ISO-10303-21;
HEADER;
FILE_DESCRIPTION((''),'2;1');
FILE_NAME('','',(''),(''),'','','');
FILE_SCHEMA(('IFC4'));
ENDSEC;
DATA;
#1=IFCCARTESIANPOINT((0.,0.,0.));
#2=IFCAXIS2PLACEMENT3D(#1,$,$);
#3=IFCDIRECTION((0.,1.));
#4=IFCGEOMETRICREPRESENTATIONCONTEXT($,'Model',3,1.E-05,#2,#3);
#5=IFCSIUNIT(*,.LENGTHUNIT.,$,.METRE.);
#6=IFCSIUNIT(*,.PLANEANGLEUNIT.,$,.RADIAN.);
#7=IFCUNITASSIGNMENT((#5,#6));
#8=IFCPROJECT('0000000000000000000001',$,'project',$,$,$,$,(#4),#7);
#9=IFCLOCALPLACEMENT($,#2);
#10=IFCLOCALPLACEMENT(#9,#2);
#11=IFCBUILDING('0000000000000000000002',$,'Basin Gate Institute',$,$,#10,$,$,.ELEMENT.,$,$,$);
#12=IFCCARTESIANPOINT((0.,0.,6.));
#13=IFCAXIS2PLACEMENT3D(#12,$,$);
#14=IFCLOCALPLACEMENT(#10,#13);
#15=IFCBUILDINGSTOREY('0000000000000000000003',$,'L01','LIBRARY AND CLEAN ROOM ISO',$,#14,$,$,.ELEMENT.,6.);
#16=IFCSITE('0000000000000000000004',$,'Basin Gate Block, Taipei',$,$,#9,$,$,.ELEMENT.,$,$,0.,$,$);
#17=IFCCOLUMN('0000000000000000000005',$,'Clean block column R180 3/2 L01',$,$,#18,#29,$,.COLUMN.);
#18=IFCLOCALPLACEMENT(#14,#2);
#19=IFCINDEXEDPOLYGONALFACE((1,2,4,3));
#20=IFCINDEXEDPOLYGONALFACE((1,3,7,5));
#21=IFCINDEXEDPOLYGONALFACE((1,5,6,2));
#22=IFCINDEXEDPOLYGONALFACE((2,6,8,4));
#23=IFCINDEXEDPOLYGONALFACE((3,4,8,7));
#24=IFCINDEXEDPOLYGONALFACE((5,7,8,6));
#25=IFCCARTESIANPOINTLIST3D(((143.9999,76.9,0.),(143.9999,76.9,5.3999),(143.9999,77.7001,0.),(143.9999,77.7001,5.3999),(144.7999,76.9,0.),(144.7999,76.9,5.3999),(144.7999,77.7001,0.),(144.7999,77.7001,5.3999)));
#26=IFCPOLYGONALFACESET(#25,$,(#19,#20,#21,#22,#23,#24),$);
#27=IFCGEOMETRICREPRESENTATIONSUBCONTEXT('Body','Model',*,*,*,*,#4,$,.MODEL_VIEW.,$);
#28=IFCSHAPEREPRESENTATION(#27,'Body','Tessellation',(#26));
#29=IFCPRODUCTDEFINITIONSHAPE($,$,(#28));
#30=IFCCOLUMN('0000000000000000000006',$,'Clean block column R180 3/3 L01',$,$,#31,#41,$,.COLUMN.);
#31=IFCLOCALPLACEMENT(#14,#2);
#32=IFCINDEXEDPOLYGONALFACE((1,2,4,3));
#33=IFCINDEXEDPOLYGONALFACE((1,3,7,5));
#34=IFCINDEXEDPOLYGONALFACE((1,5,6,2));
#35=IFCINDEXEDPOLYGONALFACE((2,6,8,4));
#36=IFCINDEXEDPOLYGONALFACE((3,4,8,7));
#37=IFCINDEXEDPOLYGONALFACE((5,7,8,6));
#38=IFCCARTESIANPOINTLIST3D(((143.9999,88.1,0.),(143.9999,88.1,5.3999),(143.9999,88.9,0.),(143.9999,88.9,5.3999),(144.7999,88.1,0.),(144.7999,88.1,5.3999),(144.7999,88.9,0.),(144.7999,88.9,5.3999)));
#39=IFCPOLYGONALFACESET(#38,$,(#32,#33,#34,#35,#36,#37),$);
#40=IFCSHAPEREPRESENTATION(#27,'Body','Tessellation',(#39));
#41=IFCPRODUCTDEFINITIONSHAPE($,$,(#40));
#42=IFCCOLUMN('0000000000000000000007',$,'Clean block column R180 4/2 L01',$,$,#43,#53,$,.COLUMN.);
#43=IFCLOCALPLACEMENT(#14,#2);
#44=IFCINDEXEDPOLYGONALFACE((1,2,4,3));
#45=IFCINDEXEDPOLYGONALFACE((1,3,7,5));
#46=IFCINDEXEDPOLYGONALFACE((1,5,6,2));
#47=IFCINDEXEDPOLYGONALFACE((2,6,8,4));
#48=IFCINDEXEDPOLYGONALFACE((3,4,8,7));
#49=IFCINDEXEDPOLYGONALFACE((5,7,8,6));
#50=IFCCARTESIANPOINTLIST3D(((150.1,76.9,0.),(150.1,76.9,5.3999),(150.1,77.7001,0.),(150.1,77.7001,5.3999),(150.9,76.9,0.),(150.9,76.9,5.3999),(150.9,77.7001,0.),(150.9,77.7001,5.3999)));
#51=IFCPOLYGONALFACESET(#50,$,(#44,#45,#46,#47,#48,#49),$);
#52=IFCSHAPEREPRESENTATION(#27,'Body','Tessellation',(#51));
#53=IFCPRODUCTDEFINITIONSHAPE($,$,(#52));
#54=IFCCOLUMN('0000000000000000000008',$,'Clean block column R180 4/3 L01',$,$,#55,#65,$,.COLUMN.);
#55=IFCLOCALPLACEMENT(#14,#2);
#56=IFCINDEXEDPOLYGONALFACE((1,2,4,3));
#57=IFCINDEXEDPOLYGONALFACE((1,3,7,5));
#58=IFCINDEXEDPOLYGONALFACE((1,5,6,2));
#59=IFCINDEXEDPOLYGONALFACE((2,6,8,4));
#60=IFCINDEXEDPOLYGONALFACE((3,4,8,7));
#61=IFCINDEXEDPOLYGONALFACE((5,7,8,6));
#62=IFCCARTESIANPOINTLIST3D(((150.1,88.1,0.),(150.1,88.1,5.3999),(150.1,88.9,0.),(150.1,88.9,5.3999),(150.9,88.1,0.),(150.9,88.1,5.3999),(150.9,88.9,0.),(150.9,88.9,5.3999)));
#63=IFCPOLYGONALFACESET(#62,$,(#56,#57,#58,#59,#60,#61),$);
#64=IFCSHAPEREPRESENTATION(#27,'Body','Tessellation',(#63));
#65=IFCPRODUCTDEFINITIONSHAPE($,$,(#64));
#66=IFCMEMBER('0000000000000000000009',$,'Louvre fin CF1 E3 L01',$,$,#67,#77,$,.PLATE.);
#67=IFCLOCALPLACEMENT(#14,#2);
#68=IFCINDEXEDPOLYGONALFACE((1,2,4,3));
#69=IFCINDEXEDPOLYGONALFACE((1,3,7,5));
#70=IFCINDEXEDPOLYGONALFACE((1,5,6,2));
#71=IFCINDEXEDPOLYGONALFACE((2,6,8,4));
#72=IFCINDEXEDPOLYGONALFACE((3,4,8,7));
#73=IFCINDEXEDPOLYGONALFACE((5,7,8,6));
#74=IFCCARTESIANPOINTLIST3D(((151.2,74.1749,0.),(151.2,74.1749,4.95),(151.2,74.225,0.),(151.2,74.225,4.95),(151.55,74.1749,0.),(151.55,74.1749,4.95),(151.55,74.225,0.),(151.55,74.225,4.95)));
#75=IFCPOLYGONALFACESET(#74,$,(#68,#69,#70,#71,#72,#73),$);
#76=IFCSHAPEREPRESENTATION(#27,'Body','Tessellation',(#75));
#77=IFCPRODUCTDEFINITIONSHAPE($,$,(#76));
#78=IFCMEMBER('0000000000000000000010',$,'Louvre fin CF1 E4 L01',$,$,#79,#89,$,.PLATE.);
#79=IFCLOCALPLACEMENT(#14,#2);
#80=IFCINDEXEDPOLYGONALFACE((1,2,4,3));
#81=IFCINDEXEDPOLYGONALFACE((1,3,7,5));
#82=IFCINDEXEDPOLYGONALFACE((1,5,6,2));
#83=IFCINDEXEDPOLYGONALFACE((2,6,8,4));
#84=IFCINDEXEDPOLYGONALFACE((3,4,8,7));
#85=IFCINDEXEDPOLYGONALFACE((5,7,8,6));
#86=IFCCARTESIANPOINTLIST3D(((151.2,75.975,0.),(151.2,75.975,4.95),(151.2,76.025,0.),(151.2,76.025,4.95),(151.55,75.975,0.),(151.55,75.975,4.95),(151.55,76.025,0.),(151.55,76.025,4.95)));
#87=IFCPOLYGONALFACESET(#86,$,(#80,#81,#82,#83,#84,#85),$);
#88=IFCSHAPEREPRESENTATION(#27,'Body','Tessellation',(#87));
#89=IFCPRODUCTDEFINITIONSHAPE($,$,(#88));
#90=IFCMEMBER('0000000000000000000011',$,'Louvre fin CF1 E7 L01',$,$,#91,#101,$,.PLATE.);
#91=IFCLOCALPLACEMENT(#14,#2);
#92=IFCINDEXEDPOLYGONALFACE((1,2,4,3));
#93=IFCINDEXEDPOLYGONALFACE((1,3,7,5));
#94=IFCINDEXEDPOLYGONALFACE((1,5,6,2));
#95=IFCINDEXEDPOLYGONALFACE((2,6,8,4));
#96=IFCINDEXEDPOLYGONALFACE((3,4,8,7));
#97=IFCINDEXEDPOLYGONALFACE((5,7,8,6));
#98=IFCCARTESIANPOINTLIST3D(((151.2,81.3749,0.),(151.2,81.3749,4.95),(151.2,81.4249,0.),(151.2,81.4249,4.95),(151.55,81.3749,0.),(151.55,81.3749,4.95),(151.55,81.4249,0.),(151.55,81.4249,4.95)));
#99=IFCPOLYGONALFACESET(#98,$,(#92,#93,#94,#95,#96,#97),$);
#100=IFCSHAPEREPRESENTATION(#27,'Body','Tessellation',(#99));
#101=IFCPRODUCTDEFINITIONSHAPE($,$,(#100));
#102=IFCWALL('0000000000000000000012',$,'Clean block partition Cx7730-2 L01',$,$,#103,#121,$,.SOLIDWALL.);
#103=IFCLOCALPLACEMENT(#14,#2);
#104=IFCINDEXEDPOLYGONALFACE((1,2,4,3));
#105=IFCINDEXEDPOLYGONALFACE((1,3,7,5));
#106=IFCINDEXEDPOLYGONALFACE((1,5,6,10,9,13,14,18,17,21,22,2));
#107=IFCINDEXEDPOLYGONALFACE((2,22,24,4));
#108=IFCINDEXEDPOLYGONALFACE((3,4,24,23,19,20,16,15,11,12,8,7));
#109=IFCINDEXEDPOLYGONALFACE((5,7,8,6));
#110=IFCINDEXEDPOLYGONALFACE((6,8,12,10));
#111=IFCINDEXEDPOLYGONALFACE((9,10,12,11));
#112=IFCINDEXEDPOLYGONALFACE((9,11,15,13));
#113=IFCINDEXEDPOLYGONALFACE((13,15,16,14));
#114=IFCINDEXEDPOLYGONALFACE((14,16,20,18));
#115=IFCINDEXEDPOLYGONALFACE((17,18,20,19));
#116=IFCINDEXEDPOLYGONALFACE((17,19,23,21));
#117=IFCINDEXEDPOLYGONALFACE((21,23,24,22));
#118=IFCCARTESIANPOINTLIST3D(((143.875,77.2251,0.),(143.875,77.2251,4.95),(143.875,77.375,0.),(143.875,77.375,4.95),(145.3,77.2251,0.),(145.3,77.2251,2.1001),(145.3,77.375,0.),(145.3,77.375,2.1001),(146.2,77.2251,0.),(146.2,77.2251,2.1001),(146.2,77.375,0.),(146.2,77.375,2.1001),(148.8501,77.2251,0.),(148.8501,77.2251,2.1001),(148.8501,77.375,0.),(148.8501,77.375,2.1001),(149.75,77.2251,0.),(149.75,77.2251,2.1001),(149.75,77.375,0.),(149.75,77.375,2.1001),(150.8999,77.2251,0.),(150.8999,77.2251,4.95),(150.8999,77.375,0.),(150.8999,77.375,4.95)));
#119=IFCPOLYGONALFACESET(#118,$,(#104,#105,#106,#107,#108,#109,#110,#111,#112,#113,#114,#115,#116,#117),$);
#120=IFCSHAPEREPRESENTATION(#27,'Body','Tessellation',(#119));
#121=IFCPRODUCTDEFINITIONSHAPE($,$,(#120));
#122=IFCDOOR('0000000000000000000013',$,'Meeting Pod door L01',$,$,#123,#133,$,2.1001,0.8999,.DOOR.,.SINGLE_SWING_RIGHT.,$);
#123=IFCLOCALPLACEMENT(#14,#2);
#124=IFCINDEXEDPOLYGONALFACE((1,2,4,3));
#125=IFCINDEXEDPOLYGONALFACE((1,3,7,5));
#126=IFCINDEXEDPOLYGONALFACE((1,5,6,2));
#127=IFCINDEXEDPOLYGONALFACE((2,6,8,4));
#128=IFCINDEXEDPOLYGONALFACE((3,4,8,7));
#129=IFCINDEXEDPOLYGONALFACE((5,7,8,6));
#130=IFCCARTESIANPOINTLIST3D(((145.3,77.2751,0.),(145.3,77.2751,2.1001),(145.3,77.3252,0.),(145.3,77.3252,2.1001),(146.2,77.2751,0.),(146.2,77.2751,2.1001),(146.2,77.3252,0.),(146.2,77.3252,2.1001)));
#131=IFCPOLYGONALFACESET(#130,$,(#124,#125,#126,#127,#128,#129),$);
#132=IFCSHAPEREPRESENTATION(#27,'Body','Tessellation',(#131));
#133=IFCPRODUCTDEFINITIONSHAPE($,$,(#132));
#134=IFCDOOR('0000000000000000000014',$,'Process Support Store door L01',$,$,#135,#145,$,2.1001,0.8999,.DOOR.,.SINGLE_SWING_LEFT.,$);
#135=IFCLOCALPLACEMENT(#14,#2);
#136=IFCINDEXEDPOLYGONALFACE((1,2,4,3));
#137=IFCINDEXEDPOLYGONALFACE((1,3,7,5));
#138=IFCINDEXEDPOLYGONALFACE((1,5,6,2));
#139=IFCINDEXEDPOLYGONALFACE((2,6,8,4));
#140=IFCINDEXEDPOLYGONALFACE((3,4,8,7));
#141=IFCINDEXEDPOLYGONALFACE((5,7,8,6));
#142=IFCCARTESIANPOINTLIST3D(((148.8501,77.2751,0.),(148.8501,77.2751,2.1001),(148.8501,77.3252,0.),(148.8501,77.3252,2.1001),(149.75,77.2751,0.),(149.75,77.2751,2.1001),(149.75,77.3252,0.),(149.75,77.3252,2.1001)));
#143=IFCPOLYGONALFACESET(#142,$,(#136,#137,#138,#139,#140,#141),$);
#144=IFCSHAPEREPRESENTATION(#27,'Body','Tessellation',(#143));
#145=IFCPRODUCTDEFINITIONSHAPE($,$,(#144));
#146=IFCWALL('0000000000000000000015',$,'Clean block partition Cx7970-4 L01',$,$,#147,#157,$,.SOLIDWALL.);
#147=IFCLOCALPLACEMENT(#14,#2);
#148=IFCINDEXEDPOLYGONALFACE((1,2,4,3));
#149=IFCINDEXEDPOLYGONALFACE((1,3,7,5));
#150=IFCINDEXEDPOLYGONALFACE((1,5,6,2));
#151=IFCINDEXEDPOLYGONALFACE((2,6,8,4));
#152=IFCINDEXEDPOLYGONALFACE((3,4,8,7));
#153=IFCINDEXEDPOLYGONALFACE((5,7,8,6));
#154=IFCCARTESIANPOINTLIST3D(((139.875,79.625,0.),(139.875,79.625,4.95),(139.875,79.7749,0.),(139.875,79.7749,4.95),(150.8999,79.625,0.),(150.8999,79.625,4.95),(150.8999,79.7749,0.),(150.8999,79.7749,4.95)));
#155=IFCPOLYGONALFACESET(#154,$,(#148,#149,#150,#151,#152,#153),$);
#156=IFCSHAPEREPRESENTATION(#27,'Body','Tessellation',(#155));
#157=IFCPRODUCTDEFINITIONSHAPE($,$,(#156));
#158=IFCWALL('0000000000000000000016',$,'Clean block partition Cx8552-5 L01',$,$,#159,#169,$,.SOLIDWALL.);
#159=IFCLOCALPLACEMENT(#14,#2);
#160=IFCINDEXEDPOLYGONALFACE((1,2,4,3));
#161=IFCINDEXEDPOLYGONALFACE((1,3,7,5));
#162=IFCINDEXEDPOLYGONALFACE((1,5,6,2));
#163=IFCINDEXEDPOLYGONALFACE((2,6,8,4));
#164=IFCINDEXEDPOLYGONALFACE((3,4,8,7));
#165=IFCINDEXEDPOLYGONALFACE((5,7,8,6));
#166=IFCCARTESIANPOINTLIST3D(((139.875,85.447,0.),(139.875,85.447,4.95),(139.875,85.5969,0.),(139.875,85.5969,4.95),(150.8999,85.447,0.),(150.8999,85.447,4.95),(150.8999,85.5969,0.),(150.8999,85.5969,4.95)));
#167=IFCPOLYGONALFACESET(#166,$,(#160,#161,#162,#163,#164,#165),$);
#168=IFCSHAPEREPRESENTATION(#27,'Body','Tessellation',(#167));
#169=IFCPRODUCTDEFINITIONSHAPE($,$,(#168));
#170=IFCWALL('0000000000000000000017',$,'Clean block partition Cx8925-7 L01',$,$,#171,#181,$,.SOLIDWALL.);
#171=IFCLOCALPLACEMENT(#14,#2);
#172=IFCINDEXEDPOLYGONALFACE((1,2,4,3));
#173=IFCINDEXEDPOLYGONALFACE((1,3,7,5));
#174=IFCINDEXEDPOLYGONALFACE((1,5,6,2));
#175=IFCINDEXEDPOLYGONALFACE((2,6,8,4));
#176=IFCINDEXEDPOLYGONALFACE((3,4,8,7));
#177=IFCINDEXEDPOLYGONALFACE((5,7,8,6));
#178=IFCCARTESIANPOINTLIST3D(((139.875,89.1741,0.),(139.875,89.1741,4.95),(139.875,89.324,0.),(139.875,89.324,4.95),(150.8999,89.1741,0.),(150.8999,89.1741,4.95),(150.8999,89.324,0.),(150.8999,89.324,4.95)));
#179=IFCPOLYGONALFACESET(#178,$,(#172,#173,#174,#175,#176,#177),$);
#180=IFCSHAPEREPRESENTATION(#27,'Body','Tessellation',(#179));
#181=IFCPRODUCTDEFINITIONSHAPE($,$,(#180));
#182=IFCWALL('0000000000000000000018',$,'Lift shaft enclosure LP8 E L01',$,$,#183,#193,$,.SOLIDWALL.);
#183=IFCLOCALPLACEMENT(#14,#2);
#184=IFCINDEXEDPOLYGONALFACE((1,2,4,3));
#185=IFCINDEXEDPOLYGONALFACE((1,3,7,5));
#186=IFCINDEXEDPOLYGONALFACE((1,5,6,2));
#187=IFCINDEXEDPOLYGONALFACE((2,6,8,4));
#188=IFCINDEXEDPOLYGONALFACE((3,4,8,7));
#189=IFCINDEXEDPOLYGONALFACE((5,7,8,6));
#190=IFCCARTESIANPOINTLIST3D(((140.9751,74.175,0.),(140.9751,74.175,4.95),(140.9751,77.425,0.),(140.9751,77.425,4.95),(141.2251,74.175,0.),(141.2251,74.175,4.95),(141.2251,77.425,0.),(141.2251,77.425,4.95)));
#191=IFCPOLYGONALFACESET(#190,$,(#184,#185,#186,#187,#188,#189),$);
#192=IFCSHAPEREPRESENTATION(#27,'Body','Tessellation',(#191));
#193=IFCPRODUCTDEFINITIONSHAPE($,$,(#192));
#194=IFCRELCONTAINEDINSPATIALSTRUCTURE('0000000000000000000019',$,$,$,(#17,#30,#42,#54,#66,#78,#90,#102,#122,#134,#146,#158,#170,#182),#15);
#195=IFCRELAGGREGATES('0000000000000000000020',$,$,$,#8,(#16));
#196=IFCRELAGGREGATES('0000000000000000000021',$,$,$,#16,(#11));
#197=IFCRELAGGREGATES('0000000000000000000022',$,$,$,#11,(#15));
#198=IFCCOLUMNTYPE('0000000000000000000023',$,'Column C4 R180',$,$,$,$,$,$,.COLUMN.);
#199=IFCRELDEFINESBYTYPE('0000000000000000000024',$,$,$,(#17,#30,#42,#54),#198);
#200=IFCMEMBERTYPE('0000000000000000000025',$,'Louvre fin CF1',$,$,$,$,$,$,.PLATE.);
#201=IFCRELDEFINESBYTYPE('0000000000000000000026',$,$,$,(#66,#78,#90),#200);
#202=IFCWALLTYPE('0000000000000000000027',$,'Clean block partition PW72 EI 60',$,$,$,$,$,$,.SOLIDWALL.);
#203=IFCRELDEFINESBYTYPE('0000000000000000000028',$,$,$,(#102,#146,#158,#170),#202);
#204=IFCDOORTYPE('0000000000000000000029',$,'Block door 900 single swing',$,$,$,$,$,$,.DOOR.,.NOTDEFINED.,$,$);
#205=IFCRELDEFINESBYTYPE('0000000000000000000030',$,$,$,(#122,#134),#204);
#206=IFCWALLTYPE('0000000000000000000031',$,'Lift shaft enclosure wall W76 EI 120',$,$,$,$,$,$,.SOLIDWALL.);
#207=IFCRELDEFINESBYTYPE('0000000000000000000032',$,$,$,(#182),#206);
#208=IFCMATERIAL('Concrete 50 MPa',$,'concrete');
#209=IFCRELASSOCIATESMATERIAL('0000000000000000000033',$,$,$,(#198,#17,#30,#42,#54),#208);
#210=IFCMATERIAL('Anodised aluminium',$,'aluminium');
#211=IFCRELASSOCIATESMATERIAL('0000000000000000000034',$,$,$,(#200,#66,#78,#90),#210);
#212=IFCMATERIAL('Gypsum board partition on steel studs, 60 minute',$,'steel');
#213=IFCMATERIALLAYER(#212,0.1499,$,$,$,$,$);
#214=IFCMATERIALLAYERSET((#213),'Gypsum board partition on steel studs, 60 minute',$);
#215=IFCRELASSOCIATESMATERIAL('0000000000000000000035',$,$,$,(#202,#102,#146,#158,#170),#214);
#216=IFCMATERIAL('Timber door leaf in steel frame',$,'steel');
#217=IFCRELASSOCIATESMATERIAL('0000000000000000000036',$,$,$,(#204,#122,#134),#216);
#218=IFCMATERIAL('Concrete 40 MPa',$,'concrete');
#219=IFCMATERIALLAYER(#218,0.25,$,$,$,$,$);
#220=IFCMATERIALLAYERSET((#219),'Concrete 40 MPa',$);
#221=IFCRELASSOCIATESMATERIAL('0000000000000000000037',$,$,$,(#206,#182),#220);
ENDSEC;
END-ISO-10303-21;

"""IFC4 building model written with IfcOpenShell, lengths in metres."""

from ifc_helpers import new_model, si_unit, direction, frame, frame_2d, origin, origin_2d, place, context, subcontext, project, spatial, rectangle, extrude, material, layer, layer_set, material_profile, profile_set, type_object, element, fill, save


model = new_model("IFC4")

# Units and contexts
model_context = context("Model", 3, precision=1e-05, world=origin(), true_north=direction((0.0, 1.0)))
body_context = subcontext(model_context, "Body", "Model", "MODEL_VIEW")
ifc_project = project(units=[si_unit("LENGTHUNIT", "METRE"), si_unit("PLANEANGLEUNIT", "RADIAN")], contexts=[model_context])

# Site, building, storey
site_placement = place(None, origin())
site = spatial("IfcSite", under=ifc_project, at=site_placement, Name="Basin Gate Block, Taipei", CompositionType="ELEMENT", RefElevation=0.0)
building_placement = place(site_placement, origin())
building = spatial("IfcBuilding", under=site, at=building_placement, Name="Basin Gate Institute", CompositionType="ELEMENT")
storey_placement = place(building_placement, frame((0.0, 0.0, 6.0)))
storey = spatial("IfcBuildingStorey", under=building, at=storey_placement, Name="L01", Description="LIBRARY AND CLEAN ROOM ISO", CompositionType="ELEMENT", Elevation=6.0)

# Columns
ifc_material_1 = material(Name="Concrete 50 MPa", Category="concrete")
ifc_material_profile_1 = material_profile(ifc_material_1, rectangle(XDim=0.8, YDim=0.8, at=origin_2d()), Name="Column C4 800 x 800")
ifc_profile_set_1 = profile_set([ifc_material_profile_1], Name="Concrete 50 MPa")
column_type = type_object("IfcColumnType", Name="Column C4 R180", PredefinedType="COLUMN", material=ifc_profile_set_1)
for number, where, z_axis, x_axis, name in (
    (1, (144.3999, 77.3, 0.0), (0.0, 0.0, 1.0), (1.0, 0.0, 0.0), "Clean block column R180 3/2 L01"),
    (2, (144.3999, 88.5, 0.0), (0.0, 0.0, 1.0), (1.0, 0.0, 0.0), "Clean block column R180 3/3 L01"),
    (3, (150.5, 77.3, 0.0), (0.0, 0.0, 1.0), (1.0, 0.0, 0.0), "Clean block column R180 4/2 L01"),
    (4, (150.5, 88.5, 0.0), (0.0, 0.0, 1.0), (1.0, 0.0, 0.0), "Clean block column R180 4/3 L01"),
):
    element("IfcColumn", number, at=place(storey_placement, frame(where, z_axis=z_axis, x_axis=x_axis)), inside=storey, type_object=column_type, material=ifc_profile_set_1, Name=name, PredefinedType="COLUMN", context=body_context, shape_type="SweptSolid", body=[
        extrude(rectangle(XDim=0.8, YDim=0.8, at=origin_2d()), origin(), (0.0, 0.0, 1.0), 5.3999),
    ])

# Members
ifc_material_2 = material(Name="Anodised aluminium", Category="aluminium")
ifc_material_profile_2 = material_profile(ifc_material_2, rectangle(XDim=0.05, YDim=0.3501, at=origin_2d()), Name="Louvre fin CF1 50 x 350")
ifc_profile_set_2 = profile_set([ifc_material_profile_2], Name="Anodised aluminium")
member_type = type_object("IfcMemberType", Name="Louvre fin CF1", PredefinedType="PLATE", material=ifc_profile_set_2)
for number, where, z_axis, x_axis, name in (
    (5, (151.375, 74.2, 0.0), (0.0, 0.0, 1.0), (0.0, 1.0, 0.0), "Louvre fin CF1 E3 L01"),
    (6, (151.375, 76.0, 0.0), (0.0, 0.0, 1.0), (0.0, 1.0, 0.0), "Louvre fin CF1 E4 L01"),
    (7, (151.375, 81.3999, 0.0), (0.0, 0.0, 1.0), (0.0, 1.0, 0.0), "Louvre fin CF1 E7 L01"),
):
    element("IfcMember", number, at=place(storey_placement, frame(where, z_axis=z_axis, x_axis=x_axis)), inside=storey, type_object=member_type, material=ifc_profile_set_2, Name=name, PredefinedType="PLATE", context=body_context, shape_type="SweptSolid", body=[
        extrude(rectangle(XDim=0.05, YDim=0.3501, at=origin_2d()), origin(), (0.0, 0.0, 1.0), 4.95),
    ])

# Wall, openings, doors
ifc_material_3 = material(Name="Gypsum board partition on steel studs, 60 minute", Category="steel")
ifc_layer_1 = layer(ifc_material_3, 0.1499)
ifc_layer_set_1 = layer_set([ifc_layer_1], Name="Gypsum board partition on steel studs, 60 minute")
wall_type_1 = type_object("IfcWallType", Name="Clean block partition PW72 EI 60", PredefinedType="SOLIDWALL", material=ifc_layer_set_1)
wall_1_placement = place(storey_placement, frame((143.875, 77.3, 0.0), z_axis=(0.0, 0.0, 1.0), x_axis=(1.0, 0.0, 0.0)))
wall_1 = element("IfcWall", 8, at=wall_1_placement, inside=storey, type_object=wall_type_1, material=ifc_layer_set_1, Name="Clean block partition Cx7730-2 L01", PredefinedType="SOLIDWALL", context=body_context, shape_type="SweptSolid", body=[
    extrude(rectangle(XDim=7.0249, YDim=0.1499, at=frame_2d((3.5125, 0.0))), origin(), (0.0, 0.0, 1.0), 4.95),
])
opening_1_placement = place(wall_1_placement, frame((1.425, 0.0, 0.0)))
opening_1 = element("IfcOpeningElement", 9, at=opening_1_placement, cuts=wall_1, PredefinedType="OPENING", context=body_context, shape_type="SweptSolid", body=[
    extrude(rectangle(XDim=0.8999, YDim=2.1001, at=frame_2d((0.45, 1.05))), frame((0.0, 0.085, 0.0), z_axis=(0.0, -1.0, 0.0), x_axis=(1.0, 0.0, 0.0)), (0.0, 0.0, 1.0), 0.1699),
])
opening_2_placement = place(wall_1_placement, frame((4.9751, 0.0, 0.0)))
opening_2 = element("IfcOpeningElement", 10, at=opening_2_placement, cuts=wall_1, PredefinedType="OPENING", context=body_context, shape_type="SweptSolid", body=[
    extrude(rectangle(XDim=0.8999, YDim=2.1001, at=frame_2d((0.45, 1.05))), frame((0.0, 0.085, 0.0), z_axis=(0.0, -1.0, 0.0), x_axis=(1.0, 0.0, 0.0)), (0.0, 0.0, 1.0), 0.1699),
])
ifc_material_4 = material(Name="Timber door leaf in steel frame", Category="steel")
door_type_1 = type_object("IfcDoorType", Name="Block door 900 single swing", OperationType="NOTDEFINED", PredefinedType="DOOR", material=ifc_material_4)
door_1_placement = place(opening_1_placement, frame((0.8999, 0.0, 0.0), z_axis=(0.0, 0.0, 1.0), x_axis=(-1.0, 0.0, 0.0)))
door_1 = element("IfcDoor", 11, at=door_1_placement, inside=storey, type_object=door_type_1, material=ifc_material_4, Name="Meeting Pod door L01", OperationType="SINGLE_SWING_RIGHT", OverallHeight=2.1001, OverallWidth=0.8999, PredefinedType="DOOR", context=body_context, shape_type="SweptSolid", body=[
    extrude(rectangle(XDim=0.8999, YDim=2.1001, at=frame_2d((0.45, 1.05))), frame((0.0, 0.0249, 0.0), z_axis=(0.0, -1.0, 0.0), x_axis=(1.0, 0.0, 0.0)), (0.0, 0.0, 1.0), 0.05),
])
fill(opening_1, door_1)
door_2_placement = place(opening_2_placement, frame((0.8999, 0.0, 0.0), z_axis=(0.0, 0.0, 1.0), x_axis=(-1.0, 0.0, 0.0)))
door_2 = element("IfcDoor", 12, at=door_2_placement, inside=storey, type_object=door_type_1, material=ifc_material_4, Name="Process Support Store door L01", OperationType="SINGLE_SWING_LEFT", OverallHeight=2.1001, OverallWidth=0.8999, PredefinedType="DOOR", context=body_context, shape_type="SweptSolid", body=[
    extrude(rectangle(XDim=0.8999, YDim=2.1001, at=frame_2d((0.45, 1.05))), frame((0.0, 0.0249, 0.0), z_axis=(0.0, -1.0, 0.0), x_axis=(1.0, 0.0, 0.0)), (0.0, 0.0, 1.0), 0.05),
])
fill(opening_2, door_2)

# Walls
for number, where, z_axis, x_axis, name in (
    (13, (139.875, 79.7, 0.0), (0.0, 0.0, 1.0), (1.0, 0.0, 0.0), "Clean block partition Cx7970-4 L01"),
    (14, (139.875, 85.522, 0.0), (0.0, 0.0, 1.0), (1.0, 0.0, 0.0), "Clean block partition Cx8552-5 L01"),
    (15, (139.875, 89.249, 0.0), (0.0, 0.0, 1.0), (1.0, 0.0, 0.0), "Clean block partition Cx8925-7 L01"),
):
    element("IfcWall", number, at=place(storey_placement, frame(where, z_axis=z_axis, x_axis=x_axis)), inside=storey, type_object=wall_type_1, material=ifc_layer_set_1, Name=name, PredefinedType="SOLIDWALL", context=body_context, shape_type="SweptSolid", body=[
        extrude(rectangle(XDim=11.0249, YDim=0.1499, at=frame_2d((5.5125, 0.0))), origin(), (0.0, 0.0, 1.0), 4.95),
    ])
ifc_material_5 = material(Name="Concrete 40 MPa", Category="concrete")
ifc_layer_2 = layer(ifc_material_5, 0.25)
ifc_layer_set_2 = layer_set([ifc_layer_2], Name="Concrete 40 MPa")
wall_type_2 = type_object("IfcWallType", Name="Lift shaft enclosure wall W76 EI 120", PredefinedType="SOLIDWALL", material=ifc_layer_set_2)
wall_2_placement = place(storey_placement, frame((141.1001, 74.175, 0.0), z_axis=(0.0, 0.0, 1.0), x_axis=(0.0, 1.0, 0.0)))
element("IfcWall", 16, at=wall_2_placement, inside=storey, type_object=wall_type_2, material=ifc_layer_set_2, Name="Lift shaft enclosure LP8 E L01", PredefinedType="SOLIDWALL", context=body_context, shape_type="SweptSolid", body=[
    extrude(rectangle(XDim=3.25, YDim=0.25, at=frame_2d((1.625, 0.0))), origin(), (0.0, 0.0, 1.0), 4.95),
])

save(model, "model.ifc")
